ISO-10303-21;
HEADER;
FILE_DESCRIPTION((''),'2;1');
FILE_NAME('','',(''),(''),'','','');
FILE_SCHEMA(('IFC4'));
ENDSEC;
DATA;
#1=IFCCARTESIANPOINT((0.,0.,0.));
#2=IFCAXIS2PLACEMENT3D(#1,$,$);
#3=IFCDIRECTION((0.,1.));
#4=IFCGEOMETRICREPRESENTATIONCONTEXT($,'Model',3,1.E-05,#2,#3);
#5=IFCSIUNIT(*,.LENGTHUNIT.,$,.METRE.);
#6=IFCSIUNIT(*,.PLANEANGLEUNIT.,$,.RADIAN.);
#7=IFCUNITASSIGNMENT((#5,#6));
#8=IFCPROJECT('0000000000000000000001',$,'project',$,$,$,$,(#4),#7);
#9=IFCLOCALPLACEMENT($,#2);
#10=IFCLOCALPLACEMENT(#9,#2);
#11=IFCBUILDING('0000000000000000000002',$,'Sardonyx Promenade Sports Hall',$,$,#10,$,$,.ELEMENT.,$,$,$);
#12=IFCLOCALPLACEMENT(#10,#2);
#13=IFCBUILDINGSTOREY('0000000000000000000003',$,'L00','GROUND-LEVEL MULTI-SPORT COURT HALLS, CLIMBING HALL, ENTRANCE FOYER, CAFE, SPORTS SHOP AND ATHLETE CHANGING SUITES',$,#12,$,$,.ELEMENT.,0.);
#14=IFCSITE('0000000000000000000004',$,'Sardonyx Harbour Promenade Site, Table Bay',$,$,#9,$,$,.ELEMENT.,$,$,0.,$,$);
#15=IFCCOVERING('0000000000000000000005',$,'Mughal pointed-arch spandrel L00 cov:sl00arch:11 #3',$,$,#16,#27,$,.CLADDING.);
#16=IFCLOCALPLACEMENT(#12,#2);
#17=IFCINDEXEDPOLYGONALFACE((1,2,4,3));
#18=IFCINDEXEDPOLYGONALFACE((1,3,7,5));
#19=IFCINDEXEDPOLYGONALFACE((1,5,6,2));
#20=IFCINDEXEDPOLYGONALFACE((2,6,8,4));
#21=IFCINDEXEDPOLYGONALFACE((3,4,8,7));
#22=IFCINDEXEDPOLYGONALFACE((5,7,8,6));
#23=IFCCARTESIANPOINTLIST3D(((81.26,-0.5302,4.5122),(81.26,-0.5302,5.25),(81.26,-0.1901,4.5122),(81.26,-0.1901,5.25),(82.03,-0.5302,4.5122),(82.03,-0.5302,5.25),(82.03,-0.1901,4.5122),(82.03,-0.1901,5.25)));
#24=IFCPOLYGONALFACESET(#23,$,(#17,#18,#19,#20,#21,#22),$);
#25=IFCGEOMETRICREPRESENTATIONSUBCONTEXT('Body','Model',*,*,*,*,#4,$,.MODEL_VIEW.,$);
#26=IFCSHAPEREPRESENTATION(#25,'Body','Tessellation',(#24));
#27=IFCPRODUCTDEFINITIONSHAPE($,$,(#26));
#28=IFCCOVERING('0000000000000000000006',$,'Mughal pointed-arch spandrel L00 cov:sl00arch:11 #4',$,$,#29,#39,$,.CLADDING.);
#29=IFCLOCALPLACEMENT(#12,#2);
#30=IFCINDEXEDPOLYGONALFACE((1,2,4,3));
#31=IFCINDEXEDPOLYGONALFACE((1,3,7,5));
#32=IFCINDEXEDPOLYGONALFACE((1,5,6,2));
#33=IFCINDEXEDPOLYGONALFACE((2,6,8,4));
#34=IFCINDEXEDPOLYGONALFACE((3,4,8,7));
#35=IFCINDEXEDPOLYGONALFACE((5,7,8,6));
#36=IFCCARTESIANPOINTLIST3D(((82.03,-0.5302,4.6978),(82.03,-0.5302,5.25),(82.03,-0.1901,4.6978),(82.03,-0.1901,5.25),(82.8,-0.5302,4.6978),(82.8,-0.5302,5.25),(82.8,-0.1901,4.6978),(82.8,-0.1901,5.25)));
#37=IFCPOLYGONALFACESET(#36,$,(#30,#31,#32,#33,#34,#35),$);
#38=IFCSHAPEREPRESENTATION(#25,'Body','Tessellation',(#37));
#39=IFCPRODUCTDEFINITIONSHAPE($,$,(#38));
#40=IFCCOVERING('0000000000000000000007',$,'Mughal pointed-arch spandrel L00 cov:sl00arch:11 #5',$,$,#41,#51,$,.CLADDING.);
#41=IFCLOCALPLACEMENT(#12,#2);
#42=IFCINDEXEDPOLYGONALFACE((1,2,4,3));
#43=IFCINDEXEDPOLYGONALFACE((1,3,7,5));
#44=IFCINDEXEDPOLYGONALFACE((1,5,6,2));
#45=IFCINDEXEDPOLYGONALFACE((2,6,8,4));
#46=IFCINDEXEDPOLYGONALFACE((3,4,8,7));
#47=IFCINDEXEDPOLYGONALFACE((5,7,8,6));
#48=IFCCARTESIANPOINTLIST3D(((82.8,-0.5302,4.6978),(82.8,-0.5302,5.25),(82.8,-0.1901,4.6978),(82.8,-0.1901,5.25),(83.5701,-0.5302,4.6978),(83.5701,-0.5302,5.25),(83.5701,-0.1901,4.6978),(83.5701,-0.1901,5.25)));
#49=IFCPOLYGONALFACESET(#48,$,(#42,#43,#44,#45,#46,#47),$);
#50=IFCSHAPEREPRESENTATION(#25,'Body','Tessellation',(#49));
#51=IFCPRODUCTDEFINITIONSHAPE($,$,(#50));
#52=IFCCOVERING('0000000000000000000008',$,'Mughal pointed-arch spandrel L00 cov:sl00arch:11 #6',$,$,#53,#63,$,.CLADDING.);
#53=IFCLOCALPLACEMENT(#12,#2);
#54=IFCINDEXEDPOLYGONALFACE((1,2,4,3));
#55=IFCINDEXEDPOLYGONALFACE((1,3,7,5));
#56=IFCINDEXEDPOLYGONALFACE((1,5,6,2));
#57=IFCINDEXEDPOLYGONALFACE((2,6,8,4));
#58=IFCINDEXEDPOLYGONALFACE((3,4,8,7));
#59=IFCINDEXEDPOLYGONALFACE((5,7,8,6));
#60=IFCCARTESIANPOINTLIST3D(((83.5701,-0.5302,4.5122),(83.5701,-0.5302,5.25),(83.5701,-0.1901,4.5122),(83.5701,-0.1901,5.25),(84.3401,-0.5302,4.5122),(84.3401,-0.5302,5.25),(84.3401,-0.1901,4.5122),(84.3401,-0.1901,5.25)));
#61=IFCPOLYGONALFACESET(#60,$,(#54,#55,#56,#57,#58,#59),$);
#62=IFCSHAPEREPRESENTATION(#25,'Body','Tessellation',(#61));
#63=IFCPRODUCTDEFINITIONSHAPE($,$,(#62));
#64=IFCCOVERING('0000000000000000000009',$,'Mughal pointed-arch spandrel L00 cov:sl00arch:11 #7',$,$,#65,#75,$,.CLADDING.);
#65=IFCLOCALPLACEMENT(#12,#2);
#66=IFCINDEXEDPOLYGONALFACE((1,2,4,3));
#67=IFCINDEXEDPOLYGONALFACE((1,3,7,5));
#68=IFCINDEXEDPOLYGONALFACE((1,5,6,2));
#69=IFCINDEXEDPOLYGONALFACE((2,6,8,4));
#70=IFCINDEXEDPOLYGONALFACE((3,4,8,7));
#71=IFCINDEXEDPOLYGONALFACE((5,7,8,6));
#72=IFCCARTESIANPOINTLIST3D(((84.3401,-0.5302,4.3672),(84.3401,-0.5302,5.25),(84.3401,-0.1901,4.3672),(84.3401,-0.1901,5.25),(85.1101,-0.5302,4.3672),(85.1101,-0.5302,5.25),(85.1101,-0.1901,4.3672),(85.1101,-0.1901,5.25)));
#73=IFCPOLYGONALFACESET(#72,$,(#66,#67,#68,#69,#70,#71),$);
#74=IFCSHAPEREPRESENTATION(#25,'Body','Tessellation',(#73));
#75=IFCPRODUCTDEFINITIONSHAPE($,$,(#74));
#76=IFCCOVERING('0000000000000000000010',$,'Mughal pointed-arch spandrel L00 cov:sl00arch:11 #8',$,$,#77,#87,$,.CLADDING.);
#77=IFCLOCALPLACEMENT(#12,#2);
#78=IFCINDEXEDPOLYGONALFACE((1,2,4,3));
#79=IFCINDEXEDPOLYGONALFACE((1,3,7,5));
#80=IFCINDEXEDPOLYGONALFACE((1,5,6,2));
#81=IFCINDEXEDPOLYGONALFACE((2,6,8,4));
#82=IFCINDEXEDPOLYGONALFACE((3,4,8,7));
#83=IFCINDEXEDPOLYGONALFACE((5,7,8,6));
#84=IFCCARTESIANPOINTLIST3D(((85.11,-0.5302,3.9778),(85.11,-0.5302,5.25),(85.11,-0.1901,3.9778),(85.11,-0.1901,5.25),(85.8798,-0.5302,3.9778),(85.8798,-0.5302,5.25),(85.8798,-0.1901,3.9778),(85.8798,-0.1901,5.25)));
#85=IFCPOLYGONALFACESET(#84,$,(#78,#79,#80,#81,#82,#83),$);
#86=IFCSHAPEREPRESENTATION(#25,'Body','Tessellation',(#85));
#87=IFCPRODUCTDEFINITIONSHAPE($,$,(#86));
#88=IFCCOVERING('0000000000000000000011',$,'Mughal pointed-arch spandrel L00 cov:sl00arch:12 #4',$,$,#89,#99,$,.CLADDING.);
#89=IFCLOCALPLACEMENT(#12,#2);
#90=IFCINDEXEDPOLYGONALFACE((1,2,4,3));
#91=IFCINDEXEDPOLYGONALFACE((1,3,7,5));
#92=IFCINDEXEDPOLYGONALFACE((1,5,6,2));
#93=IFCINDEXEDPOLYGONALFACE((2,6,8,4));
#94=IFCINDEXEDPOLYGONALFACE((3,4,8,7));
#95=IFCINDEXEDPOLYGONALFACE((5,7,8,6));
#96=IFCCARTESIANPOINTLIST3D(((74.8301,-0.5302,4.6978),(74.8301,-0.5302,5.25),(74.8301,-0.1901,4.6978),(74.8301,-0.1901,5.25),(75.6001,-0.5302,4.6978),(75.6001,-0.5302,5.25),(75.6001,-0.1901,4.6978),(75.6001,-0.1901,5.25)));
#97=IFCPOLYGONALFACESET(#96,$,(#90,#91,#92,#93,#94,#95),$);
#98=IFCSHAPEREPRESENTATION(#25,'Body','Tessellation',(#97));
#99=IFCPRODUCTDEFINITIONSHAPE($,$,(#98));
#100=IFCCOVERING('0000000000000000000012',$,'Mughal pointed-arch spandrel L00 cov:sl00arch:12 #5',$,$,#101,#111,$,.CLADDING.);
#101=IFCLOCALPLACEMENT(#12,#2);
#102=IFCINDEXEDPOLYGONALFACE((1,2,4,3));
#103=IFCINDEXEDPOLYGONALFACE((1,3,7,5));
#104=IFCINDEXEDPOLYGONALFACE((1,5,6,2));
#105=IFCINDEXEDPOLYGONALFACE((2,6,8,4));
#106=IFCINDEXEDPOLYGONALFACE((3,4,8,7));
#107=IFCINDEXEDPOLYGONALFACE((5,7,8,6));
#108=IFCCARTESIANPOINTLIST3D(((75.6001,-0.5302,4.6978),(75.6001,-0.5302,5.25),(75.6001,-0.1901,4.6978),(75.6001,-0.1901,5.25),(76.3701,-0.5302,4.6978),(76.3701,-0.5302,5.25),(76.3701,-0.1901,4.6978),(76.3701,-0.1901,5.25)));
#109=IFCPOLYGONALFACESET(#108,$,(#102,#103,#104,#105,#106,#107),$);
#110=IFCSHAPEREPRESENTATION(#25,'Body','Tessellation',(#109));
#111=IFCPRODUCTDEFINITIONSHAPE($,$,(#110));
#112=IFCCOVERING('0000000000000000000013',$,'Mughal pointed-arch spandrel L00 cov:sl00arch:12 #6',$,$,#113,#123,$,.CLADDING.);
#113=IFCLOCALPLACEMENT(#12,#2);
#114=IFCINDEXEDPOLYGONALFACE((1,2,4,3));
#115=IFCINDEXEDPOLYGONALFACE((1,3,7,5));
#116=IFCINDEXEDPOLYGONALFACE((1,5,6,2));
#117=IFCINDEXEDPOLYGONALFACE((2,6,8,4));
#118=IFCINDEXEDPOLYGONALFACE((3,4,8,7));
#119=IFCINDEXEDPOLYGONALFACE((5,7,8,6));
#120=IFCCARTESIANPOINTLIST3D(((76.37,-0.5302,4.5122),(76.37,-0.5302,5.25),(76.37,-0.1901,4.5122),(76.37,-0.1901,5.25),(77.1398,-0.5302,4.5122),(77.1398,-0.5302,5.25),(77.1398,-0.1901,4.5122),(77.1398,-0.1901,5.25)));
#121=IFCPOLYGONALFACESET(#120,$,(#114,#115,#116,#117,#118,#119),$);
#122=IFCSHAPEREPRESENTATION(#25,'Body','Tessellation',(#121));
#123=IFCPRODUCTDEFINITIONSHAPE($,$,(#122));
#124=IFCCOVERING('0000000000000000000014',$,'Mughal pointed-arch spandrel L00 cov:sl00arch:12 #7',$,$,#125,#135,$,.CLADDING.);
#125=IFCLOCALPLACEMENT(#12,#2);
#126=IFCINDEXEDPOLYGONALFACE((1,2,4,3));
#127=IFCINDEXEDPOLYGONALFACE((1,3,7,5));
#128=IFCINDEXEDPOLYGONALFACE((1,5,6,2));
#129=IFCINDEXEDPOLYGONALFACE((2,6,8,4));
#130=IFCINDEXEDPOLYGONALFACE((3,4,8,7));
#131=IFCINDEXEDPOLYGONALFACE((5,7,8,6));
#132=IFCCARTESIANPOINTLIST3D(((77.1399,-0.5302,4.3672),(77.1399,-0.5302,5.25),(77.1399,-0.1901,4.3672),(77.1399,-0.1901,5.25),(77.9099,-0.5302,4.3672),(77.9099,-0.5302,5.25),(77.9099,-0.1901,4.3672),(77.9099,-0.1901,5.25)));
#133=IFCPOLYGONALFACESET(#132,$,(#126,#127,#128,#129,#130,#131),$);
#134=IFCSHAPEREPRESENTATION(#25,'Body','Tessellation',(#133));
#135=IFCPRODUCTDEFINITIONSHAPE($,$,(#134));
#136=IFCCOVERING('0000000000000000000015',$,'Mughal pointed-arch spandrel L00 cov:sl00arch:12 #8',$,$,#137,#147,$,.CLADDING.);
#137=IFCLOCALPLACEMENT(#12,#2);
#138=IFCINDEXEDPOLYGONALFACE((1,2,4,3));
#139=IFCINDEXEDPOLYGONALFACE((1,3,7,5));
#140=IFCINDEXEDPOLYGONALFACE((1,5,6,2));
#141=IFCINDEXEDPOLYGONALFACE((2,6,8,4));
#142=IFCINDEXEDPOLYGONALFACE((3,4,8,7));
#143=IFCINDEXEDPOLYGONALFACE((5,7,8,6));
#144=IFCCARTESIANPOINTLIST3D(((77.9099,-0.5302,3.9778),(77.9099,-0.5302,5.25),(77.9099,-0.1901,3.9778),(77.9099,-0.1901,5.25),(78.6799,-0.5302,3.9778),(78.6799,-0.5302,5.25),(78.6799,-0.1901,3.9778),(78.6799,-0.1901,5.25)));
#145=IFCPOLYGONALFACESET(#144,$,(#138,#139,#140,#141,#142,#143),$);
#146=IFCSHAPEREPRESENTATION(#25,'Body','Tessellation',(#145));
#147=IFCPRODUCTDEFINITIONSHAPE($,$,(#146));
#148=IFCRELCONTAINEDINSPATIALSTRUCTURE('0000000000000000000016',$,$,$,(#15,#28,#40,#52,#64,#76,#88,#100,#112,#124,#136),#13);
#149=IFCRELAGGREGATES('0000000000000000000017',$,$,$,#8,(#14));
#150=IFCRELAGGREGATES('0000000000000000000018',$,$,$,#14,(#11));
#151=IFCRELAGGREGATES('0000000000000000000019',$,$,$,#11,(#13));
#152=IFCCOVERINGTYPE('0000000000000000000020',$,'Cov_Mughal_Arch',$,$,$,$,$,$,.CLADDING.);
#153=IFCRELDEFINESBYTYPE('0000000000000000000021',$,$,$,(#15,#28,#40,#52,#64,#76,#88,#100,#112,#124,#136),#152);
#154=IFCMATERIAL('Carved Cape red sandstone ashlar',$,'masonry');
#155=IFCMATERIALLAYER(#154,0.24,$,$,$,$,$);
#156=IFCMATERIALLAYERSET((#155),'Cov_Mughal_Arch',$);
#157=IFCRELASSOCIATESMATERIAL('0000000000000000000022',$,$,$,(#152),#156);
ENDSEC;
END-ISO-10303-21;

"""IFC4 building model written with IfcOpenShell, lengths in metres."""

from ifc_helpers import new_model, si_unit, direction, frame, frame_2d, origin, place, context, subcontext, project, spatial, rectangle, extrude, material, layer, layer_set, type_object, element, save


model = new_model("IFC4")

# Units and contexts
model_context = context("Model", 3, precision=1e-05, world=origin(), true_north=direction((0.0, 1.0)))
body_context = subcontext(model_context, "Body", "Model", "MODEL_VIEW")
ifc_project = project(units=[si_unit("LENGTHUNIT", "METRE"), si_unit("PLANEANGLEUNIT", "RADIAN")], contexts=[model_context])

# Site, building, storey
site_placement = place(None, origin())
site = spatial("IfcSite", under=ifc_project, at=site_placement, Name="Sardonyx Harbour Promenade Site, Table Bay", CompositionType="ELEMENT", RefElevation=0.0)
building_placement = place(site_placement, origin())
building = spatial("IfcBuilding", under=site, at=building_placement, Name="Sardonyx Promenade Sports Hall", CompositionType="ELEMENT")
storey_placement = place(building_placement, origin())
storey = spatial("IfcBuildingStorey", under=building, at=storey_placement, Name="L00", Description="GROUND-LEVEL MULTI-SPORT COURT HALLS, CLIMBING HALL, ENTRANCE FOYER, CAFE, SPORTS SHOP AND ATHLETE CHANGING SUITES", CompositionType="ELEMENT", Elevation=0.0)

# Coverings
ifc_material_1 = material(Name="Carved Cape red sandstone ashlar", Category="masonry")
ifc_layer_1 = layer(ifc_material_1, 0.24)
ifc_layer_set_1 = layer_set([ifc_layer_1], Name="Cov_Mughal_Arch")
covering_type = type_object("IfcCoveringType", Name="Cov_Mughal_Arch", PredefinedType="CLADDING", material=ifc_layer_set_1)
covering_1_placement = place(storey_placement, frame((81.26, -0.3601, 4.5122), z_axis=(0.0, 0.0, 1.0), x_axis=(1.0, 0.0, 0.0)))
element("IfcCovering", 1, at=covering_1_placement, inside=storey, type_object=covering_type, Name="Mughal pointed-arch spandrel L00 cov:sl00arch:11 #3", PredefinedType="CLADDING", context=body_context, shape_type="SweptSolid", body=[
    extrude(rectangle(XDim=0.77, YDim=0.3401, at=frame_2d((0.385, 0.0))), origin(), (0.0, 0.0, 1.0), 0.7378),
])
for number, where, z_axis, x_axis, name in (
    (2, (82.03, -0.3601, 4.6978), (0.0, 0.0, 1.0), (1.0, 0.0, 0.0), "Mughal pointed-arch spandrel L00 cov:sl00arch:11 #4"),
    (3, (82.8, -0.3601, 4.6978), (0.0, 0.0, 1.0), (1.0, 0.0, 0.0), "Mughal pointed-arch spandrel L00 cov:sl00arch:11 #5"),
):
    element("IfcCovering", number, at=place(storey_placement, frame(where, z_axis=z_axis, x_axis=x_axis)), inside=storey, type_object=covering_type, Name=name, PredefinedType="CLADDING", context=body_context, shape_type="SweptSolid", body=[
        extrude(rectangle(XDim=0.77, YDim=0.3401, at=frame_2d((0.385, 0.0))), origin(), (0.0, 0.0, 1.0), 0.5522),
    ])
covering_2_placement = place(storey_placement, frame((83.5701, -0.3601, 4.5122), z_axis=(0.0, 0.0, 1.0), x_axis=(1.0, 0.0, 0.0)))
element("IfcCovering", 4, at=covering_2_placement, inside=storey, type_object=covering_type, Name="Mughal pointed-arch spandrel L00 cov:sl00arch:11 #6", PredefinedType="CLADDING", context=body_context, shape_type="SweptSolid", body=[
    extrude(rectangle(XDim=0.77, YDim=0.3401, at=frame_2d((0.385, 0.0))), origin(), (0.0, 0.0, 1.0), 0.7378),
])
covering_3_placement = place(storey_placement, frame((84.3401, -0.3601, 4.3672), z_axis=(0.0, 0.0, 1.0), x_axis=(1.0, 0.0, 0.0)))
element("IfcCovering", 5, at=covering_3_placement, inside=storey, type_object=covering_type, Name="Mughal pointed-arch spandrel L00 cov:sl00arch:11 #7", PredefinedType="CLADDING", context=body_context, shape_type="SweptSolid", body=[
    extrude(rectangle(XDim=0.77, YDim=0.3401, at=frame_2d((0.385, 0.0))), origin(), (0.0, 0.0, 1.0), 0.8828),
])
covering_4_placement = place(storey_placement, frame((85.1101, -0.3601, 3.9778), z_axis=(0.0, 0.0, 1.0), x_axis=(1.0, 0.0, 0.0)))
element("IfcCovering", 6, at=covering_4_placement, inside=storey, type_object=covering_type, Name="Mughal pointed-arch spandrel L00 cov:sl00arch:11 #8", PredefinedType="CLADDING", context=body_context, shape_type="SweptSolid", body=[
    extrude(rectangle(XDim=0.7698, YDim=0.3401, at=frame_2d((0.3848, 0.0))), origin(), (0.0, 0.0, 1.0), 1.2722),
])
for number, where, z_axis, x_axis, name in (
    (7, (74.8301, -0.3601, 4.6978), (0.0, 0.0, 1.0), (1.0, 0.0, 0.0), "Mughal pointed-arch spandrel L00 cov:sl00arch:12 #4"),
    (8, (75.6001, -0.3601, 4.6978), (0.0, 0.0, 1.0), (1.0, 0.0, 0.0), "Mughal pointed-arch spandrel L00 cov:sl00arch:12 #5"),
):
    element("IfcCovering", number, at=place(storey_placement, frame(where, z_axis=z_axis, x_axis=x_axis)), inside=storey, type_object=covering_type, Name=name, PredefinedType="CLADDING", context=body_context, shape_type="SweptSolid", body=[
        extrude(rectangle(XDim=0.77, YDim=0.3401, at=frame_2d((0.385, 0.0))), origin(), (0.0, 0.0, 1.0), 0.5522),
    ])
covering_5_placement = place(storey_placement, frame((76.3701, -0.3601, 4.5122), z_axis=(0.0, 0.0, 1.0), x_axis=(1.0, 0.0, 0.0)))
element("IfcCovering", 9, at=covering_5_placement, inside=storey, type_object=covering_type, Name="Mughal pointed-arch spandrel L00 cov:sl00arch:12 #6", PredefinedType="CLADDING", context=body_context, shape_type="SweptSolid", body=[
    extrude(rectangle(XDim=0.7698, YDim=0.3401, at=frame_2d((0.3848, 0.0))), origin(), (0.0, 0.0, 1.0), 0.7378),
])
covering_6_placement = place(storey_placement, frame((77.1399, -0.3601, 4.3672), z_axis=(0.0, 0.0, 1.0), x_axis=(1.0, 0.0, 0.0)))
element("IfcCovering", 10, at=covering_6_placement, inside=storey, type_object=covering_type, Name="Mughal pointed-arch spandrel L00 cov:sl00arch:12 #7", PredefinedType="CLADDING", context=body_context, shape_type="SweptSolid", body=[
    extrude(rectangle(XDim=0.77, YDim=0.3401, at=frame_2d((0.385, 0.0))), origin(), (0.0, 0.0, 1.0), 0.8828),
])
covering_7_placement = place(storey_placement, frame((77.9099, -0.3601, 3.9778), z_axis=(0.0, 0.0, 1.0), x_axis=(1.0, 0.0, 0.0)))
element("IfcCovering", 11, at=covering_7_placement, inside=storey, type_object=covering_type, Name="Mughal pointed-arch spandrel L00 cov:sl00arch:12 #8", PredefinedType="CLADDING", context=body_context, shape_type="SweptSolid", body=[
    extrude(rectangle(XDim=0.77, YDim=0.3401, at=frame_2d((0.385, 0.0))), origin(), (0.0, 0.0, 1.0), 1.2722),
])

save(model, "model.ifc")
